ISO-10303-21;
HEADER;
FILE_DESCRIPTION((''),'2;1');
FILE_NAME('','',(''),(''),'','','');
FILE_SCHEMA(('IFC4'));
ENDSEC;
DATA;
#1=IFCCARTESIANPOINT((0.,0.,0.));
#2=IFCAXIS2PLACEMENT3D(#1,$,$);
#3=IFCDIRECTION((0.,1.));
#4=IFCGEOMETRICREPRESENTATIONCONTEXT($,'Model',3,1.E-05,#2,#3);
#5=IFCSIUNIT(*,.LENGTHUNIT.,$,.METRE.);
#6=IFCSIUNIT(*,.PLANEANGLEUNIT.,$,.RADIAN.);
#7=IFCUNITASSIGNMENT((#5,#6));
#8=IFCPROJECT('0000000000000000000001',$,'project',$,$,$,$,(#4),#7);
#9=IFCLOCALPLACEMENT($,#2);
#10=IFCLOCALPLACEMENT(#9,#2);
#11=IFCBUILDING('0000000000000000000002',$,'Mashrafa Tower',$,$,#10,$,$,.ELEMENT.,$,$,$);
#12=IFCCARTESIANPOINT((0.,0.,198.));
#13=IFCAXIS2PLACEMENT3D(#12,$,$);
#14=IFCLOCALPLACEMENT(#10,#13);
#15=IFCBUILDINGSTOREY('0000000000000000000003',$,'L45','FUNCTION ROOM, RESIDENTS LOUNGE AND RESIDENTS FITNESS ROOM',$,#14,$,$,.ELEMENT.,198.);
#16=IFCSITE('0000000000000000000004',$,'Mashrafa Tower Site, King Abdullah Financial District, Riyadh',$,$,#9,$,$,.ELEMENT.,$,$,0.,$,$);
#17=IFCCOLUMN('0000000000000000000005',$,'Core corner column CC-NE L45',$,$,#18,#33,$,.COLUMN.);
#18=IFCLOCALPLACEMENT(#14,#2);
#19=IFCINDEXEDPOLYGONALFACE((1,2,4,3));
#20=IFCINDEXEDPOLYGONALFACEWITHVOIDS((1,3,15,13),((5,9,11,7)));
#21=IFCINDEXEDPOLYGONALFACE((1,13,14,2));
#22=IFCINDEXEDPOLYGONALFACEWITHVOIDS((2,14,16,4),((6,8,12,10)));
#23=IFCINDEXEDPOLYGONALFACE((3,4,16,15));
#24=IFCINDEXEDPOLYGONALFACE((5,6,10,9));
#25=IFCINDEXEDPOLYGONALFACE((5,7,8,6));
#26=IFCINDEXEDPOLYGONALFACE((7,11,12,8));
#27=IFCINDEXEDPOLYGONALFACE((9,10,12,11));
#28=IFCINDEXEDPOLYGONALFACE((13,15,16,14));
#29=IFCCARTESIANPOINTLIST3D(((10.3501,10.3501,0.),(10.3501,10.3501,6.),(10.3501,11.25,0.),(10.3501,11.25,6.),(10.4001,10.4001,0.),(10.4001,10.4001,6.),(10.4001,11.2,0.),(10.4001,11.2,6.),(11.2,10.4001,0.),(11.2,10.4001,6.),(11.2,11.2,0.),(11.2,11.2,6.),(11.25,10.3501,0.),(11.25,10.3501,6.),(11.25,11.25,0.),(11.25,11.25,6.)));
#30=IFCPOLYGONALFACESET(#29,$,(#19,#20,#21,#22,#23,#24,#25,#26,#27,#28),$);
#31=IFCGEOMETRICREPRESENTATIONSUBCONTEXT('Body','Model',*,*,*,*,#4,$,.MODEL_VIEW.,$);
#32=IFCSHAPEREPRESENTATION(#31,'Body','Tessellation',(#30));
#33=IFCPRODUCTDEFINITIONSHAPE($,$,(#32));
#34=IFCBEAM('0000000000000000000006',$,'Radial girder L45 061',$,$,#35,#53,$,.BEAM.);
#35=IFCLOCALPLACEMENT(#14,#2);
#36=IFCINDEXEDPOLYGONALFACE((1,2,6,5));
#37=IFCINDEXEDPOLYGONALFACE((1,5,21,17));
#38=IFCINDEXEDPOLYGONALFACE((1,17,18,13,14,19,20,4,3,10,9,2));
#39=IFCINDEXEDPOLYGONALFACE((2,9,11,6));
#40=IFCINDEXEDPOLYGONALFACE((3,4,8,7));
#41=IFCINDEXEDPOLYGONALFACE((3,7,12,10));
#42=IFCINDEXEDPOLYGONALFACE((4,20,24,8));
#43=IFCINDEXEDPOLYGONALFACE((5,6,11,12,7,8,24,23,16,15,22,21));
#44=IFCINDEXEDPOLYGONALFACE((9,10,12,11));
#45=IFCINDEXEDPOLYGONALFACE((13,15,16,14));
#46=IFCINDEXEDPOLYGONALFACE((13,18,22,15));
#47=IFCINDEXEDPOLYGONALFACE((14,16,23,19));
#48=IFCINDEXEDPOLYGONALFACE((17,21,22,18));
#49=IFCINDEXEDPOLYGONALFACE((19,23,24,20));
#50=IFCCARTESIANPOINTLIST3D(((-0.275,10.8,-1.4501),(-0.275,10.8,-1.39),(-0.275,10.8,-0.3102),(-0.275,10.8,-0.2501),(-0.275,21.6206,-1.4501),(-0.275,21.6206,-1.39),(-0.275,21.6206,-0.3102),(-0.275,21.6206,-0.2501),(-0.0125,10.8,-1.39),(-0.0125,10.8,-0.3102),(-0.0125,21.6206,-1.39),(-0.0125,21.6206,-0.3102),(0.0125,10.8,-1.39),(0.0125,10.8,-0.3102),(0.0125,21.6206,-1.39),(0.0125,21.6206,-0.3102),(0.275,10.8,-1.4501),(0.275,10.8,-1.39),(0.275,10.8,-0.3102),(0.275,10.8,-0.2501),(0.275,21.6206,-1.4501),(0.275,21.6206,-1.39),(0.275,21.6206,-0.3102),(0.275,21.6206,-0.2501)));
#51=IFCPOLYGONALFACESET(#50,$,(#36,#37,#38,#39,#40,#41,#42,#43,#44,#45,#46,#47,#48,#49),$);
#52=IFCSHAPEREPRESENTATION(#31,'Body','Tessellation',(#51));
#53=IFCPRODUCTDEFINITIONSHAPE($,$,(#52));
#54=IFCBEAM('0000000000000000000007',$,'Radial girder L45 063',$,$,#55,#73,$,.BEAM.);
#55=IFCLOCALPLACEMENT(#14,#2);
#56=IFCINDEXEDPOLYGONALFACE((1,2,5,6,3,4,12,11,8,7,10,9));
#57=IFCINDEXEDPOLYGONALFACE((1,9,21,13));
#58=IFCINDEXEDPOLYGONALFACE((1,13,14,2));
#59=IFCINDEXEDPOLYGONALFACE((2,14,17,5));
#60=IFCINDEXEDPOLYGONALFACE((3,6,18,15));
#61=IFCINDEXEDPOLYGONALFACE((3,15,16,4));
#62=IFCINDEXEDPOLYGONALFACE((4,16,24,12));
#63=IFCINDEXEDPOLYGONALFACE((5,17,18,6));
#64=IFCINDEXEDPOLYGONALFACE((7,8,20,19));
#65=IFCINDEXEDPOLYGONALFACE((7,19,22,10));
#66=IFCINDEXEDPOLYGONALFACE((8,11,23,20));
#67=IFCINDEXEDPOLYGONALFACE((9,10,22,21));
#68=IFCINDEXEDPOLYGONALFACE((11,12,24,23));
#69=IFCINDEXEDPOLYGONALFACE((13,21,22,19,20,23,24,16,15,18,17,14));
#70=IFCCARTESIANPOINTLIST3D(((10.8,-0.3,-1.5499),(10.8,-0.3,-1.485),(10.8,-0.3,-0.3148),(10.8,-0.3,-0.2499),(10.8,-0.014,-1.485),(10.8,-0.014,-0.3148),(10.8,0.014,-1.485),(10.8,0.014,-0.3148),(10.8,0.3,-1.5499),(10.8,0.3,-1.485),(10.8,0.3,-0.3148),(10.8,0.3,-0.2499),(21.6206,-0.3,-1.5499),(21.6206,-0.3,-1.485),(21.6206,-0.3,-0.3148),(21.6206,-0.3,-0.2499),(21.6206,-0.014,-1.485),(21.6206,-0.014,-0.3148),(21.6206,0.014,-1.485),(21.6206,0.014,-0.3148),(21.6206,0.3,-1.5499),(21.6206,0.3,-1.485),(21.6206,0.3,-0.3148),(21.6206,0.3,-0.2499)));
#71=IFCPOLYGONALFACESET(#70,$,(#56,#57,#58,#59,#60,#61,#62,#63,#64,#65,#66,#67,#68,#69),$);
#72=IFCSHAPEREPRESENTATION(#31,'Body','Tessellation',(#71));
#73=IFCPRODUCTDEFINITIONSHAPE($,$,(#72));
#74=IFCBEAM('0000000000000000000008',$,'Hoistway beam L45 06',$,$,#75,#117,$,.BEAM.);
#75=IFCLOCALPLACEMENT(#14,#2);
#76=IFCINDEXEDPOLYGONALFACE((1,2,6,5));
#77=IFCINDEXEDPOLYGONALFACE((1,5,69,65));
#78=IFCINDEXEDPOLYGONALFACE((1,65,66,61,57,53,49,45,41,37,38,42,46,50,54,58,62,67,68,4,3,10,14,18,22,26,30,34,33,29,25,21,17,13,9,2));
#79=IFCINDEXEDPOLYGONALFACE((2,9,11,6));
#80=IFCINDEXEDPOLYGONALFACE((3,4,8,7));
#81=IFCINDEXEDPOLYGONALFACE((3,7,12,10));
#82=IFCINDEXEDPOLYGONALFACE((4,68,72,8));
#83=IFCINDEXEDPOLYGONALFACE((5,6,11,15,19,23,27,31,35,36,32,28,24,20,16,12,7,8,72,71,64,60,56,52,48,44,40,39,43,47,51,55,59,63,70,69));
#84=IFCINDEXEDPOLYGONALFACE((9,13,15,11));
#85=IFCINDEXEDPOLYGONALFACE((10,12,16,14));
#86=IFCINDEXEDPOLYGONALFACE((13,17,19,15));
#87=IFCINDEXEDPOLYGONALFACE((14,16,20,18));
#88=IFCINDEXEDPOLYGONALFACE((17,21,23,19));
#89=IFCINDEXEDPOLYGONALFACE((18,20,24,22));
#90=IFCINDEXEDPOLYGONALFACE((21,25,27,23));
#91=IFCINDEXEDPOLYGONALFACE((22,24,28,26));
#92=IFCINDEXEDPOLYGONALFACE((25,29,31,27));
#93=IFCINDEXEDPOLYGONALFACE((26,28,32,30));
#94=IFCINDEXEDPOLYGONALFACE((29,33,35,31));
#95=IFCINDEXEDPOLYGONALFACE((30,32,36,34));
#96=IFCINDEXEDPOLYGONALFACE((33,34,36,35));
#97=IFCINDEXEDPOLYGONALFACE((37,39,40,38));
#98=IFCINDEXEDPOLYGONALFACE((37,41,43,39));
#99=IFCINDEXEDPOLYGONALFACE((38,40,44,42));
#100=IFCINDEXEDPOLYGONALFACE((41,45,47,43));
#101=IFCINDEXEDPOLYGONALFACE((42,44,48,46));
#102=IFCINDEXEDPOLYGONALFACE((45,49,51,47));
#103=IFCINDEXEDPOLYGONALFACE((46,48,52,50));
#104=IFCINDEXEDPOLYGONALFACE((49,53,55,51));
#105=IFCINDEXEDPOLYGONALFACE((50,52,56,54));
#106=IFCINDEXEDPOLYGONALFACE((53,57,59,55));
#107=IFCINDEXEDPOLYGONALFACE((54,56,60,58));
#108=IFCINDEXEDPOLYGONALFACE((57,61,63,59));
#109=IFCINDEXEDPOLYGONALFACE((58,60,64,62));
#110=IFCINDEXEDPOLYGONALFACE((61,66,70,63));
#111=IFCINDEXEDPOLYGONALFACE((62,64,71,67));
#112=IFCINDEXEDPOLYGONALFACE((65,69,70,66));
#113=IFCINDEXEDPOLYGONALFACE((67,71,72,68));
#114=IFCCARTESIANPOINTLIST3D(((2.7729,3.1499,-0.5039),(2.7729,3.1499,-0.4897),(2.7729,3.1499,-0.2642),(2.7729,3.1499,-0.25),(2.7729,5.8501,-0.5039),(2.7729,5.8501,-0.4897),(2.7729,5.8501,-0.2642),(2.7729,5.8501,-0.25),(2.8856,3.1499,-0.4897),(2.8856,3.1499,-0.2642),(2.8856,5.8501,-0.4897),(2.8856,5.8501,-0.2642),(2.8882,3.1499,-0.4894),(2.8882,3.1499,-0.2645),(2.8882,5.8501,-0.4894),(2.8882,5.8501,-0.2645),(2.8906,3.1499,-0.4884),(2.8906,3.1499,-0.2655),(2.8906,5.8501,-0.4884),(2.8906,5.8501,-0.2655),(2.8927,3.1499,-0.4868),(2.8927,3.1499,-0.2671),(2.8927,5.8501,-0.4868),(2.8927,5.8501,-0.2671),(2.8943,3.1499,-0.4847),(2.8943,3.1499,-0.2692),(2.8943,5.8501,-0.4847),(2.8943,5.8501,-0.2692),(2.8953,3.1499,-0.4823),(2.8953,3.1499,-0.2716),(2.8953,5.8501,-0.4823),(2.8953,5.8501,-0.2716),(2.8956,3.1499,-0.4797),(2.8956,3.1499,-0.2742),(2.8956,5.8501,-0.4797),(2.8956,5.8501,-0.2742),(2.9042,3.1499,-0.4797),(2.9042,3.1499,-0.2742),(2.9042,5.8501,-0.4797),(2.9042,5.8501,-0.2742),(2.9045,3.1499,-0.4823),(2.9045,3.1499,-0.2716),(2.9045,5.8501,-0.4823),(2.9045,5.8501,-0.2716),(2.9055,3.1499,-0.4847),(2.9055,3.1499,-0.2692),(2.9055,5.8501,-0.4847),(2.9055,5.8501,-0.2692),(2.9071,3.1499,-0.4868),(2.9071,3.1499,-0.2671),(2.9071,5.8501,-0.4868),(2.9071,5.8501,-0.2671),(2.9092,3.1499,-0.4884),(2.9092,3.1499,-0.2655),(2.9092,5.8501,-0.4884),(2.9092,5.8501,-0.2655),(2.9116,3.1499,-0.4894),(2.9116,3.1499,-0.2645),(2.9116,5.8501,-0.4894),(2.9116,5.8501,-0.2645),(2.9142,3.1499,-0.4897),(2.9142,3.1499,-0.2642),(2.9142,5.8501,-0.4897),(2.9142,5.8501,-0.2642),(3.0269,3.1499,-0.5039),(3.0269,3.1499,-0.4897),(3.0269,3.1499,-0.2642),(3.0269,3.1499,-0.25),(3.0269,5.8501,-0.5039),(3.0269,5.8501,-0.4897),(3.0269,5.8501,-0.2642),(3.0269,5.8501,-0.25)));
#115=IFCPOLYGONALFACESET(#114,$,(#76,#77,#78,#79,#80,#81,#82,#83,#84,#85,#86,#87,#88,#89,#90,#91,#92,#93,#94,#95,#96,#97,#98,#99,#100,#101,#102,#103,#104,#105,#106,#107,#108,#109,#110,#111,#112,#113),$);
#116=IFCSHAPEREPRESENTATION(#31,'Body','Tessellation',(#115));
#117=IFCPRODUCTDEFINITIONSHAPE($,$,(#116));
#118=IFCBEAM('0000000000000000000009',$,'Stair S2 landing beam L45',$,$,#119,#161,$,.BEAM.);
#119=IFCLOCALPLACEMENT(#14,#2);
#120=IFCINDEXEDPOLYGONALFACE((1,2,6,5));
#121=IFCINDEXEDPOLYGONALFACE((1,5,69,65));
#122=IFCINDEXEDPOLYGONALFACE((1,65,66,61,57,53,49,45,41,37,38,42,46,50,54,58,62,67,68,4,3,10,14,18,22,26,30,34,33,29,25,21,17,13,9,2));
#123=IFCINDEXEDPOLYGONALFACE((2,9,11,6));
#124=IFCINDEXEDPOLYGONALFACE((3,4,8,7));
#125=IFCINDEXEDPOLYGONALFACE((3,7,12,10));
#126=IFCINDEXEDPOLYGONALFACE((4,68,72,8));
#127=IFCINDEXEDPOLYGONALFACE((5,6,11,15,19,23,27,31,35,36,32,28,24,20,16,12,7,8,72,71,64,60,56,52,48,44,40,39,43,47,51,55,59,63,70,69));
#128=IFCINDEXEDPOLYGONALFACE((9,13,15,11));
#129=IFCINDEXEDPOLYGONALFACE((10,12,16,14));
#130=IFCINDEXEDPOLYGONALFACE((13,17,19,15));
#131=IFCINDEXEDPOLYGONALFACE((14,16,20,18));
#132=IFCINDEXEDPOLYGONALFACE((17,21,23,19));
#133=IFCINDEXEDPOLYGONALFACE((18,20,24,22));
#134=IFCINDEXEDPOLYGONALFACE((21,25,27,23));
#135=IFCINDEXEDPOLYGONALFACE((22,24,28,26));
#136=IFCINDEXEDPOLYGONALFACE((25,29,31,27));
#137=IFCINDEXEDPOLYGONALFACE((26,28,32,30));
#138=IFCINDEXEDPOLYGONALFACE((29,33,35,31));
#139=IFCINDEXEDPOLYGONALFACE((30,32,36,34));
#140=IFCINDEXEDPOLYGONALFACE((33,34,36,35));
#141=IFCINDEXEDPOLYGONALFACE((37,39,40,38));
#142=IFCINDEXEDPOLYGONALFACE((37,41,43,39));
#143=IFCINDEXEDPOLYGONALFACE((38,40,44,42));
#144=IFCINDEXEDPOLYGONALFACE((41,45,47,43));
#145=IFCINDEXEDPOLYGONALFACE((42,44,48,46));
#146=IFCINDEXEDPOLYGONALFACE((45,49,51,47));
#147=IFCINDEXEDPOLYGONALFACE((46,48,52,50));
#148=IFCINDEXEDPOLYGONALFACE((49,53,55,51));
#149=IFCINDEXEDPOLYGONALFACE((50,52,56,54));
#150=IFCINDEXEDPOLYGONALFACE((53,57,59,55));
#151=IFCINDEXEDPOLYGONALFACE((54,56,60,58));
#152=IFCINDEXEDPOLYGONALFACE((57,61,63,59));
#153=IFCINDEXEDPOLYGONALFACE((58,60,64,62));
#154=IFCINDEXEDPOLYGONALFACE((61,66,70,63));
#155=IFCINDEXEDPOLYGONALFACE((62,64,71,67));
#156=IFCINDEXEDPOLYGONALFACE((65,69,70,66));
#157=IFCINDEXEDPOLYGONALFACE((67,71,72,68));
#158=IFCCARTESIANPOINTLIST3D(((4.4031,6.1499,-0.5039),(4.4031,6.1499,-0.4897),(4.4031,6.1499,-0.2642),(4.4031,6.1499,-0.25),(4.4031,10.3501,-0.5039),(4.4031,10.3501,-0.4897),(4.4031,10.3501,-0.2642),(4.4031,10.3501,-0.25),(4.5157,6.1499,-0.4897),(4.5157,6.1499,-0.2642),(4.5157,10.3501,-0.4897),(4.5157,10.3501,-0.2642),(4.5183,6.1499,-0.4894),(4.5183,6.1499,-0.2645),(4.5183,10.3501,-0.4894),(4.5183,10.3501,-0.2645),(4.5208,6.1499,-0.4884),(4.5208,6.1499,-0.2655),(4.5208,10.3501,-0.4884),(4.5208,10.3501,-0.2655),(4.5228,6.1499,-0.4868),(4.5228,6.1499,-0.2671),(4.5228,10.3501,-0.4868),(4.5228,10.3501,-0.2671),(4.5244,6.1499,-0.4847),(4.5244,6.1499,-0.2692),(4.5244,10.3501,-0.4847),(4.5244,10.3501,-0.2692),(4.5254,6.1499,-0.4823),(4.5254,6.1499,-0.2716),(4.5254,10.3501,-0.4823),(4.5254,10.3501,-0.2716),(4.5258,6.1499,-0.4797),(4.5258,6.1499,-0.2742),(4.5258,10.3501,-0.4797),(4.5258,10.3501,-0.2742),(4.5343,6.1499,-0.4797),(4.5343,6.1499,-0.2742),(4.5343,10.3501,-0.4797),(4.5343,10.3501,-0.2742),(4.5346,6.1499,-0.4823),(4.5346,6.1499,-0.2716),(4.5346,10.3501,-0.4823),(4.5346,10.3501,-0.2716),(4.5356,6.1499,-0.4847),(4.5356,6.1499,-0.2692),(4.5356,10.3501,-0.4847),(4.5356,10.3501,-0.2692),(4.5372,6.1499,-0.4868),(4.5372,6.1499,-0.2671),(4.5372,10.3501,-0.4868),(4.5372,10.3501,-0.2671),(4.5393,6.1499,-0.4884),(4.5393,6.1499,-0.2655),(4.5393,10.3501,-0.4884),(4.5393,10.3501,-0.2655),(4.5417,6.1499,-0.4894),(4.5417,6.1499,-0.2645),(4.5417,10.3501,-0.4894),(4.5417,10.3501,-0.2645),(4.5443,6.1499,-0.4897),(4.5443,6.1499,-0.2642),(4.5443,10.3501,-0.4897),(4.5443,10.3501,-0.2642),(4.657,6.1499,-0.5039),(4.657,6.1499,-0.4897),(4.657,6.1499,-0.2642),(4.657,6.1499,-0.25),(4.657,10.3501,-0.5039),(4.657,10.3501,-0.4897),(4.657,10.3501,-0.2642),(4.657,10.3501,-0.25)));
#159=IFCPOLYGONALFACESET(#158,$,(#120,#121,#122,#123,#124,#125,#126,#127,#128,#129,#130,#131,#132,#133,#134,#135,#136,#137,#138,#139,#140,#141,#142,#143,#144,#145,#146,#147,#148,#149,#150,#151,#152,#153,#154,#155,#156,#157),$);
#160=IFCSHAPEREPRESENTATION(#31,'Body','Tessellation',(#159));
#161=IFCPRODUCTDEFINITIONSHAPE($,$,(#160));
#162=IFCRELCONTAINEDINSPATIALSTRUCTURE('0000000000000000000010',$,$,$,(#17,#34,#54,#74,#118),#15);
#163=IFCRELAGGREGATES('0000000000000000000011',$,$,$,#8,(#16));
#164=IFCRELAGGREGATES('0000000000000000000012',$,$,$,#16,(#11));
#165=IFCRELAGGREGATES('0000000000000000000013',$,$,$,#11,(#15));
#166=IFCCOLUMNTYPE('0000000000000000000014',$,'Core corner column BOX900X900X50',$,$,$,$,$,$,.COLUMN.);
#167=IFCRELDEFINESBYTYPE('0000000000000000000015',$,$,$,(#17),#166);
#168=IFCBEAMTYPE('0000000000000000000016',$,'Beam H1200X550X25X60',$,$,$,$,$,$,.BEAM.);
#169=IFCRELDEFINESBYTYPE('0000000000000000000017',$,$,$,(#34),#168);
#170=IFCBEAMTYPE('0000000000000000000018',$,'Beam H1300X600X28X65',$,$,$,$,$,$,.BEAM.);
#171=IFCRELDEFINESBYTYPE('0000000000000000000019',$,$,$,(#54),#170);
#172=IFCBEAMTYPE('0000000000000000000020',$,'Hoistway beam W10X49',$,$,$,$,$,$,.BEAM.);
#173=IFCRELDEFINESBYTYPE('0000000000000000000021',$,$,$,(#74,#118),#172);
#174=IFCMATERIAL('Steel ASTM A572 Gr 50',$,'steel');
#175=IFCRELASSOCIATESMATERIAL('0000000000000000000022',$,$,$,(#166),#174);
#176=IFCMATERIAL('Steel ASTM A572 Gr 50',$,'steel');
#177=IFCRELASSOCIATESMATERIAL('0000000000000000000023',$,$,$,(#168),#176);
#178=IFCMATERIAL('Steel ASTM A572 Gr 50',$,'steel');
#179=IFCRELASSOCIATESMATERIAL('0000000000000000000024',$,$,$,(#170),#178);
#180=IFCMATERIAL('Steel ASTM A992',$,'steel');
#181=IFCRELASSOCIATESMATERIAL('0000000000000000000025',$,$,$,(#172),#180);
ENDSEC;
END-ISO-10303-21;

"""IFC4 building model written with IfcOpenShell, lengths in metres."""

from ifc_helpers import new_model, si_unit, direction, frame, origin, origin_2d, place, context, subcontext, project, spatial, hollow_rectangle, i_section, extrude, material, material_profile, profile_set, type_object, element, save


model = new_model("IFC4")

# Units and contexts
model_context = context("Model", 3, precision=1e-05, world=origin(), true_north=direction((0.0, 1.0)))
body_context = subcontext(model_context, "Body", "Model", "MODEL_VIEW")
ifc_project = project(units=[si_unit("LENGTHUNIT", "METRE"), si_unit("PLANEANGLEUNIT", "RADIAN")], contexts=[model_context])

# Site, building, storey
site_placement = place(None, origin())
site = spatial("IfcSite", under=ifc_project, at=site_placement, Name="Mashrafa Tower Site, King Abdullah Financial District, Riyadh", CompositionType="ELEMENT", RefElevation=0.0)
building_placement = place(site_placement, origin())
building = spatial("IfcBuilding", under=site, at=building_placement, Name="Mashrafa Tower", CompositionType="ELEMENT")
storey_placement = place(building_placement, frame((0.0, 0.0, 198.0)))
storey = spatial("IfcBuildingStorey", under=building, at=storey_placement, Name="L45", Description="FUNCTION ROOM, RESIDENTS LOUNGE AND RESIDENTS FITNESS ROOM", CompositionType="ELEMENT", Elevation=198.0)

# Column
ifc_material_1 = material(Name="Steel ASTM A572 Gr 50", Category="steel")
ifc_material_profile_1 = material_profile(ifc_material_1, hollow_rectangle(XDim=0.8999, YDim=0.8999, WallThickness=0.05, at=origin_2d()), Name="BOX900X900X50")
ifc_profile_set_1 = profile_set([ifc_material_profile_1], Name="Steel ASTM A572 Gr 50")
column_type = type_object("IfcColumnType", Name="Core corner column BOX900X900X50", PredefinedType="COLUMN", material=ifc_profile_set_1)
column_placement = place(storey_placement, frame((10.8, 10.8, 0.0), z_axis=(0.0, 0.0, 1.0), x_axis=(1.0, 0.0, 0.0)))
element("IfcColumn", 1, at=column_placement, inside=storey, type_object=column_type, Name="Core corner column CC-NE L45", PredefinedType="COLUMN", context=body_context, shape_type="SweptSolid", body=[
    extrude(hollow_rectangle(XDim=0.8999, YDim=0.8999, WallThickness=0.05, at=origin_2d()), origin(), (0.0, 0.0, 1.0), 6.0),
])

# Beams
ifc_material_2 = material(Name="Steel ASTM A572 Gr 50", Category="steel")
ifc_material_profile_2 = material_profile(ifc_material_2, i_section(OverallWidth=0.55, OverallDepth=1.2, WebThickness=0.0249, FlangeThickness=0.0601, at=origin_2d()), Name="H1200X550X25X60")
ifc_profile_set_2 = profile_set([ifc_material_profile_2], Name="Steel ASTM A572 Gr 50")
beam_type_1 = type_object("IfcBeamType", Name="Beam H1200X550X25X60", PredefinedType="BEAM", material=ifc_profile_set_2)
beam_1_placement = place(storey_placement, frame((0.0, 10.8, -0.8501), z_axis=(0.0, 1.0, 0.0), x_axis=(-1.0, 0.0, 0.0)))
element("IfcBeam", 2, at=beam_1_placement, inside=storey, type_object=beam_type_1, Name="Radial girder L45 061", PredefinedType="BEAM", context=body_context, shape_type="SweptSolid", body=[
    extrude(i_section(OverallWidth=0.55, OverallDepth=1.2, WebThickness=0.0249, FlangeThickness=0.0601, at=origin_2d()), origin(), (0.0, 0.0, 1.0), 10.8206),
])
ifc_material_3 = material(Name="Steel ASTM A572 Gr 50", Category="steel")
ifc_material_profile_3 = material_profile(ifc_material_3, i_section(OverallWidth=0.6001, OverallDepth=1.3, WebThickness=0.0281, FlangeThickness=0.0649, at=origin_2d()), Name="H1300X600X28X65")
ifc_profile_set_3 = profile_set([ifc_material_profile_3], Name="Steel ASTM A572 Gr 50")
beam_type_2 = type_object("IfcBeamType", Name="Beam H1300X600X28X65", PredefinedType="BEAM", material=ifc_profile_set_3)
beam_2_placement = place(storey_placement, frame((10.8, 0.0, -0.8999), z_axis=(1.0, 0.0, 0.0), x_axis=(0.0, 1.0, 0.0)))
element("IfcBeam", 3, at=beam_2_placement, inside=storey, type_object=beam_type_2, Name="Radial girder L45 063", PredefinedType="BEAM", context=body_context, shape_type="SweptSolid", body=[
    extrude(i_section(OverallWidth=0.6001, OverallDepth=1.3, WebThickness=0.0281, FlangeThickness=0.0649, at=origin_2d()), origin(), (0.0, 0.0, 1.0), 10.8206),
])
ifc_material_4 = material(Name="Steel ASTM A992", Category="steel")
ifc_material_profile_4 = material_profile(ifc_material_4, i_section(OverallWidth=0.2539, OverallDepth=0.2539, WebThickness=0.0085, FlangeThickness=0.0142, FilletRadius=0.01, at=origin_2d()), Name="W10X49")
ifc_profile_set_4 = profile_set([ifc_material_profile_4], Name="Steel ASTM A992")
beam_type_3 = type_object("IfcBeamType", Name="Hoistway beam W10X49", PredefinedType="BEAM", material=ifc_profile_set_4)
beam_3_placement = place(storey_placement, frame((2.8999, 3.1499, -0.377), z_axis=(0.0, 1.0, 0.0), x_axis=(-1.0, 0.0, 0.0)))
element("IfcBeam", 4, at=beam_3_placement, inside=storey, type_object=beam_type_3, Name="Hoistway beam L45 06", PredefinedType="BEAM", context=body_context, shape_type="SweptSolid", body=[
    extrude(i_section(OverallWidth=0.2539, OverallDepth=0.2539, WebThickness=0.0085, FlangeThickness=0.0142, FilletRadius=0.01, at=origin_2d()), origin(), (0.0, 0.0, 1.0), 2.7002),
])
for number, where, z_axis, x_axis, name in (
    (5, (4.53, 6.1499, -0.377), (0.0, 1.0, 0.0), (-1.0, 0.0, 0.0), "Stair S2 landing beam L45"),
):
    element("IfcBeam", number, at=place(storey_placement, frame(where, z_axis=z_axis, x_axis=x_axis)), inside=storey, type_object=beam_type_3, Name=name, PredefinedType="BEAM", context=body_context, shape_type="SweptSolid", body=[
        extrude(i_section(OverallWidth=0.2539, OverallDepth=0.2539, WebThickness=0.0085, FlangeThickness=0.0142, FilletRadius=0.01, at=origin_2d()), origin(), (0.0, 0.0, 1.0), 4.2002),
    ])

save(model, "model.ifc")
